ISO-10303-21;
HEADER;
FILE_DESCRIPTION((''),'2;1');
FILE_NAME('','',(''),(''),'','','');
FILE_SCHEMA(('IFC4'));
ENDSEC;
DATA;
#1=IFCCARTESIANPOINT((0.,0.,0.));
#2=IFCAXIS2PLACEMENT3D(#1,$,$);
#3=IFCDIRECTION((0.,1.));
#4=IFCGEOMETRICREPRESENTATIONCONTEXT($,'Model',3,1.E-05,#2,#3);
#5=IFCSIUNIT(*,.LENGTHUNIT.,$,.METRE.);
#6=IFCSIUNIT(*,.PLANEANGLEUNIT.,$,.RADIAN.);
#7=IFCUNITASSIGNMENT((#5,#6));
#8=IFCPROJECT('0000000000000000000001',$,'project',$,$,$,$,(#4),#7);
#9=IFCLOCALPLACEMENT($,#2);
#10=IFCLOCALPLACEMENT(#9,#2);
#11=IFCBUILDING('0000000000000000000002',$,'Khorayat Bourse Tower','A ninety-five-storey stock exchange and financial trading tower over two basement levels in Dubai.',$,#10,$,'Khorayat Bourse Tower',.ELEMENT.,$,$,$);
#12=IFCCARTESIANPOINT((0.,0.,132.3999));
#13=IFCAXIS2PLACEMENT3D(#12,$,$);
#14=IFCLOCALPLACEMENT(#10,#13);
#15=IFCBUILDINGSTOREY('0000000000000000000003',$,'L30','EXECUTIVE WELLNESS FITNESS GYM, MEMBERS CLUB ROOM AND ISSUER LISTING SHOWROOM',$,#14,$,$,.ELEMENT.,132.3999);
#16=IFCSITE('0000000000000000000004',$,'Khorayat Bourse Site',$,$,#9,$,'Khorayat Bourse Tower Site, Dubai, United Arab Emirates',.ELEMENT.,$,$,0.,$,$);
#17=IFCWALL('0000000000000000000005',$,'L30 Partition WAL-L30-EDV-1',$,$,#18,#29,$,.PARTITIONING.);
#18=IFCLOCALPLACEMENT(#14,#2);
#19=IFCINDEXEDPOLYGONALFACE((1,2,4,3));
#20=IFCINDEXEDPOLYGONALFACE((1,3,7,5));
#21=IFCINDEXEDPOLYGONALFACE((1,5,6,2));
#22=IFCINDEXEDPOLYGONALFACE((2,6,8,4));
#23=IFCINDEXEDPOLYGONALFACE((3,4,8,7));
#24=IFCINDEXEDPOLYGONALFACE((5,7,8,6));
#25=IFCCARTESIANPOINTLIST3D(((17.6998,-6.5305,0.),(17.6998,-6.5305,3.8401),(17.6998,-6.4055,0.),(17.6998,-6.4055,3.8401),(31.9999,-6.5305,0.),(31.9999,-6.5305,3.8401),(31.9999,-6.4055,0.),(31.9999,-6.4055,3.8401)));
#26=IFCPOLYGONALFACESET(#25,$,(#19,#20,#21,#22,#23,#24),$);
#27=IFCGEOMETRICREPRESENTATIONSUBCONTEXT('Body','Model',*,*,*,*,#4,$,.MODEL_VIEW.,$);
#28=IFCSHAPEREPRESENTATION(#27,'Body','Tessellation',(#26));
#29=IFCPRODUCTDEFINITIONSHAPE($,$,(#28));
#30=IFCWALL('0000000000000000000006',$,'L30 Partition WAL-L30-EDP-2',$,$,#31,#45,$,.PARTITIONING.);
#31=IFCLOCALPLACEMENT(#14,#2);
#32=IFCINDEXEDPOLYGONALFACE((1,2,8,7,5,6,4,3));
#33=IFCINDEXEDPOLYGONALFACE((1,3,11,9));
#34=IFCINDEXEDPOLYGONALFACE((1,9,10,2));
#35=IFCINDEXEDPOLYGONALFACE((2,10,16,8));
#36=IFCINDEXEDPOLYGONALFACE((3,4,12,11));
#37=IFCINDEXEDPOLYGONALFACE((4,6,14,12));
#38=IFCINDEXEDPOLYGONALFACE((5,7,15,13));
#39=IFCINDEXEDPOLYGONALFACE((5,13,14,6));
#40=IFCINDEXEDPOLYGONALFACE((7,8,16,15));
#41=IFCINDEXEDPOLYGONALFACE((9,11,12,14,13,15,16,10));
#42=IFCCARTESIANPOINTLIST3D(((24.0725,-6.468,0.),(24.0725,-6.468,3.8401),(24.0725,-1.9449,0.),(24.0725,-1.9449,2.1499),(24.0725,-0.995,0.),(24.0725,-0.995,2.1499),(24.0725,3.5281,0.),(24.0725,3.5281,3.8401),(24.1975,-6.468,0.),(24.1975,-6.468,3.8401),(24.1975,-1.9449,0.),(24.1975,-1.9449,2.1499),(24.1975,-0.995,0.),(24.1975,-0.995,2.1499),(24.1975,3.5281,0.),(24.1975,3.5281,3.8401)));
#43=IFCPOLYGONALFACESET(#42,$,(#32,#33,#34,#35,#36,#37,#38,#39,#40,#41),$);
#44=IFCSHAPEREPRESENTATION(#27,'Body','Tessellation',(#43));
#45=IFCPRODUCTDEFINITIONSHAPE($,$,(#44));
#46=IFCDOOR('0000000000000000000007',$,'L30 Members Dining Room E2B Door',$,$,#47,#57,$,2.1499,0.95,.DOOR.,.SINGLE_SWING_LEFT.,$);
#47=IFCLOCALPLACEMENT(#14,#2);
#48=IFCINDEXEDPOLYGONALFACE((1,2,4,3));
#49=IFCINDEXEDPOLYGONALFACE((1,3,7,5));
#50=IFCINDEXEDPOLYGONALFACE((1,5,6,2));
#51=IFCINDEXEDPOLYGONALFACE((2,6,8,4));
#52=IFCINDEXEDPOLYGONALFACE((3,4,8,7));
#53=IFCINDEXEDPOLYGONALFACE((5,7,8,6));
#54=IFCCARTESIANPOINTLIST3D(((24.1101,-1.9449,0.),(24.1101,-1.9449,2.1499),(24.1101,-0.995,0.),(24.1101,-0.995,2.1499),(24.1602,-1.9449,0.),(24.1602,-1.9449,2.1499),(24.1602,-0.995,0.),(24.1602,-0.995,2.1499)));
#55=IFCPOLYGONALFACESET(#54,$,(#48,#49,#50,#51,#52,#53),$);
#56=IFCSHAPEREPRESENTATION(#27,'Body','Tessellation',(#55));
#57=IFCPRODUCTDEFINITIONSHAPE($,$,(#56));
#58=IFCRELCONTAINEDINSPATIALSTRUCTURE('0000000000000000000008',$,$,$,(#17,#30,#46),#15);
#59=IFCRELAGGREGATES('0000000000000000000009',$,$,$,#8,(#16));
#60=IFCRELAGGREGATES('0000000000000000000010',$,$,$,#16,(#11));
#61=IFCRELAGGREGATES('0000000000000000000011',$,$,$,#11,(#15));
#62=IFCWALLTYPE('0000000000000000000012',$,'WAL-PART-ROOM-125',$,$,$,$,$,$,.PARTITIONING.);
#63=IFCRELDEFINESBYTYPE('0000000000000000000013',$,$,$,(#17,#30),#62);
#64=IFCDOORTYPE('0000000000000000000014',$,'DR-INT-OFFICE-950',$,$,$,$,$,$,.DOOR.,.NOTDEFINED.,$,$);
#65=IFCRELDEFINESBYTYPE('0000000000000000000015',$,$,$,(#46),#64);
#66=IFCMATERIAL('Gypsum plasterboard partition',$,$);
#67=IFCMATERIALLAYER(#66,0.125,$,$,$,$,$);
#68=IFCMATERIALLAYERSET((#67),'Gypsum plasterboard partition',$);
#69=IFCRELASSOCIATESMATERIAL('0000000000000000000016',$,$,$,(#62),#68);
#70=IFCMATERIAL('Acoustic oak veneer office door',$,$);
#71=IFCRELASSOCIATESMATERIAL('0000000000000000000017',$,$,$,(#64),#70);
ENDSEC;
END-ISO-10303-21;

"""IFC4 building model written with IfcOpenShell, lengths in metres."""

from ifc_helpers import new_model, si_unit, direction, frame, frame_2d, origin, place, context, subcontext, project, spatial, rectangle, extrude, source, transform, mapped, material, layer, layer_set, type_object, element, fill, save


model = new_model("IFC4")

# Units and contexts
model_context = context("Model", 3, precision=1e-05, world=origin(), true_north=direction((0.0, 1.0)))
body_context = subcontext(model_context, "Body", "Model", "MODEL_VIEW")
ifc_project = project(units=[si_unit("LENGTHUNIT", "METRE"), si_unit("PLANEANGLEUNIT", "RADIAN")], contexts=[model_context])

# Site, building, storey
site_placement = place(None, origin())
site = spatial("IfcSite", under=ifc_project, at=site_placement, Name="Khorayat Bourse Site", LongName="Khorayat Bourse Tower Site, Dubai, United Arab Emirates", CompositionType="ELEMENT", RefElevation=0.0)
building_placement = place(site_placement, origin())
building = spatial("IfcBuilding", under=site, at=building_placement, Name="Khorayat Bourse Tower", Description="A ninety-five-storey stock exchange and financial trading tower over two basement levels in Dubai.", LongName="Khorayat Bourse Tower", CompositionType="ELEMENT")
storey_placement = place(building_placement, frame((0.0, 0.0, 132.3999)))
storey = spatial("IfcBuildingStorey", under=building, at=storey_placement, Name="L30", Description="EXECUTIVE WELLNESS FITNESS GYM, MEMBERS CLUB ROOM AND ISSUER LISTING SHOWROOM", CompositionType="ELEMENT", Elevation=132.3999)

# Wall
ifc_material_1 = material(Name="Gypsum plasterboard partition")
ifc_layer_1 = layer(ifc_material_1, 0.125)
ifc_layer_set_1 = layer_set([ifc_layer_1], Name="Gypsum plasterboard partition")
wall_type_1 = type_object("IfcWallType", Name="WAL-PART-ROOM-125", PredefinedType="PARTITIONING", material=ifc_layer_set_1)
shared_shape_1 = source(origin(), body_context, "Body", "SweptSolid", [
    extrude(rectangle(XDim=14.3, YDim=0.125, at=frame_2d((7.1499, 0.0))), origin(), (0.0, 0.0, 1.0), 3.8401),
])
wall_1_placement = place(storey_placement, frame((17.7, -6.468, 0.0), z_axis=(0.0, 0.0, 1.0), x_axis=(1.0, 0.0, 0.0)))
element("IfcWall", 1, at=wall_1_placement, inside=storey, type_object=wall_type_1, Name="L30 Partition WAL-L30-EDV-1", PredefinedType="PARTITIONING", context=body_context, shape_type="MappedRepresentation", body=[
    mapped(shared_shape_1, transform((0.0, 0.0, 0.0), scale=1.0)),
])

# Wall, opening, door
shared_shape_2 = source(origin(), body_context, "Body", "SweptSolid", [
    extrude(rectangle(XDim=9.9961, YDim=0.125, at=frame_2d((4.998, 0.0))), origin(), (0.0, 0.0, 1.0), 3.8401),
])
wall_2_placement = place(storey_placement, frame((24.135, -6.468, 0.0), z_axis=(0.0, 0.0, 1.0), x_axis=(0.0, 1.0, 0.0)))
wall_2 = element("IfcWall", 2, at=wall_2_placement, inside=storey, type_object=wall_type_1, Name="L30 Partition WAL-L30-EDP-2", PredefinedType="PARTITIONING", context=body_context, shape_type="MappedRepresentation", body=[
    mapped(shared_shape_2, transform((0.0, 0.0, 0.0), scale=1.0)),
])
shared_shape_3 = source(origin(), body_context, "Body", "SweptSolid", [
    extrude(rectangle(XDim=0.95, YDim=2.1499, at=frame_2d((0.4751, 1.075))), frame((0.0, 0.0725, 0.0), z_axis=(0.0, -1.0, 0.0), x_axis=(1.0, 0.0, 0.0)), (0.0, 0.0, 1.0), 0.145),
])
opening_1_placement = place(wall_2_placement, frame((4.5229, 0.0, 0.0)))
opening_1 = element("IfcOpeningElement", 3, at=opening_1_placement, cuts=wall_2, PredefinedType="OPENING", context=body_context, shape_type="MappedRepresentation", body=[
    mapped(shared_shape_3, transform((0.0, 0.0, 0.0), scale=1.0)),
])
ifc_material_2 = material(Name="Acoustic oak veneer office door")
door_type_1 = type_object("IfcDoorType", Name="DR-INT-OFFICE-950", OperationType="NOTDEFINED", PredefinedType="DOOR", material=ifc_material_2)
shared_shape_4 = source(origin(), body_context, "Body", "SweptSolid", [
    extrude(rectangle(XDim=0.95, YDim=2.1499, at=frame_2d((0.4751, 1.075))), frame((0.0, 0.0249, 0.0), z_axis=(0.0, -1.0, 0.0), x_axis=(1.0, 0.0, 0.0)), (0.0, 0.0, 1.0), 0.05),
])
door_1_placement = place(opening_1_placement, origin())
door_1 = element("IfcDoor", 4, at=door_1_placement, inside=storey, type_object=door_type_1, Name="L30 Members Dining Room E2B Door", OperationType="SINGLE_SWING_LEFT", OverallHeight=2.1499, OverallWidth=0.95, PredefinedType="DOOR", context=body_context, shape_type="MappedRepresentation", body=[
    mapped(shared_shape_4, transform((0.0, 0.0, 0.0), scale=1.0)),
])
fill(opening_1, door_1)

save(model, "model.ifc")
